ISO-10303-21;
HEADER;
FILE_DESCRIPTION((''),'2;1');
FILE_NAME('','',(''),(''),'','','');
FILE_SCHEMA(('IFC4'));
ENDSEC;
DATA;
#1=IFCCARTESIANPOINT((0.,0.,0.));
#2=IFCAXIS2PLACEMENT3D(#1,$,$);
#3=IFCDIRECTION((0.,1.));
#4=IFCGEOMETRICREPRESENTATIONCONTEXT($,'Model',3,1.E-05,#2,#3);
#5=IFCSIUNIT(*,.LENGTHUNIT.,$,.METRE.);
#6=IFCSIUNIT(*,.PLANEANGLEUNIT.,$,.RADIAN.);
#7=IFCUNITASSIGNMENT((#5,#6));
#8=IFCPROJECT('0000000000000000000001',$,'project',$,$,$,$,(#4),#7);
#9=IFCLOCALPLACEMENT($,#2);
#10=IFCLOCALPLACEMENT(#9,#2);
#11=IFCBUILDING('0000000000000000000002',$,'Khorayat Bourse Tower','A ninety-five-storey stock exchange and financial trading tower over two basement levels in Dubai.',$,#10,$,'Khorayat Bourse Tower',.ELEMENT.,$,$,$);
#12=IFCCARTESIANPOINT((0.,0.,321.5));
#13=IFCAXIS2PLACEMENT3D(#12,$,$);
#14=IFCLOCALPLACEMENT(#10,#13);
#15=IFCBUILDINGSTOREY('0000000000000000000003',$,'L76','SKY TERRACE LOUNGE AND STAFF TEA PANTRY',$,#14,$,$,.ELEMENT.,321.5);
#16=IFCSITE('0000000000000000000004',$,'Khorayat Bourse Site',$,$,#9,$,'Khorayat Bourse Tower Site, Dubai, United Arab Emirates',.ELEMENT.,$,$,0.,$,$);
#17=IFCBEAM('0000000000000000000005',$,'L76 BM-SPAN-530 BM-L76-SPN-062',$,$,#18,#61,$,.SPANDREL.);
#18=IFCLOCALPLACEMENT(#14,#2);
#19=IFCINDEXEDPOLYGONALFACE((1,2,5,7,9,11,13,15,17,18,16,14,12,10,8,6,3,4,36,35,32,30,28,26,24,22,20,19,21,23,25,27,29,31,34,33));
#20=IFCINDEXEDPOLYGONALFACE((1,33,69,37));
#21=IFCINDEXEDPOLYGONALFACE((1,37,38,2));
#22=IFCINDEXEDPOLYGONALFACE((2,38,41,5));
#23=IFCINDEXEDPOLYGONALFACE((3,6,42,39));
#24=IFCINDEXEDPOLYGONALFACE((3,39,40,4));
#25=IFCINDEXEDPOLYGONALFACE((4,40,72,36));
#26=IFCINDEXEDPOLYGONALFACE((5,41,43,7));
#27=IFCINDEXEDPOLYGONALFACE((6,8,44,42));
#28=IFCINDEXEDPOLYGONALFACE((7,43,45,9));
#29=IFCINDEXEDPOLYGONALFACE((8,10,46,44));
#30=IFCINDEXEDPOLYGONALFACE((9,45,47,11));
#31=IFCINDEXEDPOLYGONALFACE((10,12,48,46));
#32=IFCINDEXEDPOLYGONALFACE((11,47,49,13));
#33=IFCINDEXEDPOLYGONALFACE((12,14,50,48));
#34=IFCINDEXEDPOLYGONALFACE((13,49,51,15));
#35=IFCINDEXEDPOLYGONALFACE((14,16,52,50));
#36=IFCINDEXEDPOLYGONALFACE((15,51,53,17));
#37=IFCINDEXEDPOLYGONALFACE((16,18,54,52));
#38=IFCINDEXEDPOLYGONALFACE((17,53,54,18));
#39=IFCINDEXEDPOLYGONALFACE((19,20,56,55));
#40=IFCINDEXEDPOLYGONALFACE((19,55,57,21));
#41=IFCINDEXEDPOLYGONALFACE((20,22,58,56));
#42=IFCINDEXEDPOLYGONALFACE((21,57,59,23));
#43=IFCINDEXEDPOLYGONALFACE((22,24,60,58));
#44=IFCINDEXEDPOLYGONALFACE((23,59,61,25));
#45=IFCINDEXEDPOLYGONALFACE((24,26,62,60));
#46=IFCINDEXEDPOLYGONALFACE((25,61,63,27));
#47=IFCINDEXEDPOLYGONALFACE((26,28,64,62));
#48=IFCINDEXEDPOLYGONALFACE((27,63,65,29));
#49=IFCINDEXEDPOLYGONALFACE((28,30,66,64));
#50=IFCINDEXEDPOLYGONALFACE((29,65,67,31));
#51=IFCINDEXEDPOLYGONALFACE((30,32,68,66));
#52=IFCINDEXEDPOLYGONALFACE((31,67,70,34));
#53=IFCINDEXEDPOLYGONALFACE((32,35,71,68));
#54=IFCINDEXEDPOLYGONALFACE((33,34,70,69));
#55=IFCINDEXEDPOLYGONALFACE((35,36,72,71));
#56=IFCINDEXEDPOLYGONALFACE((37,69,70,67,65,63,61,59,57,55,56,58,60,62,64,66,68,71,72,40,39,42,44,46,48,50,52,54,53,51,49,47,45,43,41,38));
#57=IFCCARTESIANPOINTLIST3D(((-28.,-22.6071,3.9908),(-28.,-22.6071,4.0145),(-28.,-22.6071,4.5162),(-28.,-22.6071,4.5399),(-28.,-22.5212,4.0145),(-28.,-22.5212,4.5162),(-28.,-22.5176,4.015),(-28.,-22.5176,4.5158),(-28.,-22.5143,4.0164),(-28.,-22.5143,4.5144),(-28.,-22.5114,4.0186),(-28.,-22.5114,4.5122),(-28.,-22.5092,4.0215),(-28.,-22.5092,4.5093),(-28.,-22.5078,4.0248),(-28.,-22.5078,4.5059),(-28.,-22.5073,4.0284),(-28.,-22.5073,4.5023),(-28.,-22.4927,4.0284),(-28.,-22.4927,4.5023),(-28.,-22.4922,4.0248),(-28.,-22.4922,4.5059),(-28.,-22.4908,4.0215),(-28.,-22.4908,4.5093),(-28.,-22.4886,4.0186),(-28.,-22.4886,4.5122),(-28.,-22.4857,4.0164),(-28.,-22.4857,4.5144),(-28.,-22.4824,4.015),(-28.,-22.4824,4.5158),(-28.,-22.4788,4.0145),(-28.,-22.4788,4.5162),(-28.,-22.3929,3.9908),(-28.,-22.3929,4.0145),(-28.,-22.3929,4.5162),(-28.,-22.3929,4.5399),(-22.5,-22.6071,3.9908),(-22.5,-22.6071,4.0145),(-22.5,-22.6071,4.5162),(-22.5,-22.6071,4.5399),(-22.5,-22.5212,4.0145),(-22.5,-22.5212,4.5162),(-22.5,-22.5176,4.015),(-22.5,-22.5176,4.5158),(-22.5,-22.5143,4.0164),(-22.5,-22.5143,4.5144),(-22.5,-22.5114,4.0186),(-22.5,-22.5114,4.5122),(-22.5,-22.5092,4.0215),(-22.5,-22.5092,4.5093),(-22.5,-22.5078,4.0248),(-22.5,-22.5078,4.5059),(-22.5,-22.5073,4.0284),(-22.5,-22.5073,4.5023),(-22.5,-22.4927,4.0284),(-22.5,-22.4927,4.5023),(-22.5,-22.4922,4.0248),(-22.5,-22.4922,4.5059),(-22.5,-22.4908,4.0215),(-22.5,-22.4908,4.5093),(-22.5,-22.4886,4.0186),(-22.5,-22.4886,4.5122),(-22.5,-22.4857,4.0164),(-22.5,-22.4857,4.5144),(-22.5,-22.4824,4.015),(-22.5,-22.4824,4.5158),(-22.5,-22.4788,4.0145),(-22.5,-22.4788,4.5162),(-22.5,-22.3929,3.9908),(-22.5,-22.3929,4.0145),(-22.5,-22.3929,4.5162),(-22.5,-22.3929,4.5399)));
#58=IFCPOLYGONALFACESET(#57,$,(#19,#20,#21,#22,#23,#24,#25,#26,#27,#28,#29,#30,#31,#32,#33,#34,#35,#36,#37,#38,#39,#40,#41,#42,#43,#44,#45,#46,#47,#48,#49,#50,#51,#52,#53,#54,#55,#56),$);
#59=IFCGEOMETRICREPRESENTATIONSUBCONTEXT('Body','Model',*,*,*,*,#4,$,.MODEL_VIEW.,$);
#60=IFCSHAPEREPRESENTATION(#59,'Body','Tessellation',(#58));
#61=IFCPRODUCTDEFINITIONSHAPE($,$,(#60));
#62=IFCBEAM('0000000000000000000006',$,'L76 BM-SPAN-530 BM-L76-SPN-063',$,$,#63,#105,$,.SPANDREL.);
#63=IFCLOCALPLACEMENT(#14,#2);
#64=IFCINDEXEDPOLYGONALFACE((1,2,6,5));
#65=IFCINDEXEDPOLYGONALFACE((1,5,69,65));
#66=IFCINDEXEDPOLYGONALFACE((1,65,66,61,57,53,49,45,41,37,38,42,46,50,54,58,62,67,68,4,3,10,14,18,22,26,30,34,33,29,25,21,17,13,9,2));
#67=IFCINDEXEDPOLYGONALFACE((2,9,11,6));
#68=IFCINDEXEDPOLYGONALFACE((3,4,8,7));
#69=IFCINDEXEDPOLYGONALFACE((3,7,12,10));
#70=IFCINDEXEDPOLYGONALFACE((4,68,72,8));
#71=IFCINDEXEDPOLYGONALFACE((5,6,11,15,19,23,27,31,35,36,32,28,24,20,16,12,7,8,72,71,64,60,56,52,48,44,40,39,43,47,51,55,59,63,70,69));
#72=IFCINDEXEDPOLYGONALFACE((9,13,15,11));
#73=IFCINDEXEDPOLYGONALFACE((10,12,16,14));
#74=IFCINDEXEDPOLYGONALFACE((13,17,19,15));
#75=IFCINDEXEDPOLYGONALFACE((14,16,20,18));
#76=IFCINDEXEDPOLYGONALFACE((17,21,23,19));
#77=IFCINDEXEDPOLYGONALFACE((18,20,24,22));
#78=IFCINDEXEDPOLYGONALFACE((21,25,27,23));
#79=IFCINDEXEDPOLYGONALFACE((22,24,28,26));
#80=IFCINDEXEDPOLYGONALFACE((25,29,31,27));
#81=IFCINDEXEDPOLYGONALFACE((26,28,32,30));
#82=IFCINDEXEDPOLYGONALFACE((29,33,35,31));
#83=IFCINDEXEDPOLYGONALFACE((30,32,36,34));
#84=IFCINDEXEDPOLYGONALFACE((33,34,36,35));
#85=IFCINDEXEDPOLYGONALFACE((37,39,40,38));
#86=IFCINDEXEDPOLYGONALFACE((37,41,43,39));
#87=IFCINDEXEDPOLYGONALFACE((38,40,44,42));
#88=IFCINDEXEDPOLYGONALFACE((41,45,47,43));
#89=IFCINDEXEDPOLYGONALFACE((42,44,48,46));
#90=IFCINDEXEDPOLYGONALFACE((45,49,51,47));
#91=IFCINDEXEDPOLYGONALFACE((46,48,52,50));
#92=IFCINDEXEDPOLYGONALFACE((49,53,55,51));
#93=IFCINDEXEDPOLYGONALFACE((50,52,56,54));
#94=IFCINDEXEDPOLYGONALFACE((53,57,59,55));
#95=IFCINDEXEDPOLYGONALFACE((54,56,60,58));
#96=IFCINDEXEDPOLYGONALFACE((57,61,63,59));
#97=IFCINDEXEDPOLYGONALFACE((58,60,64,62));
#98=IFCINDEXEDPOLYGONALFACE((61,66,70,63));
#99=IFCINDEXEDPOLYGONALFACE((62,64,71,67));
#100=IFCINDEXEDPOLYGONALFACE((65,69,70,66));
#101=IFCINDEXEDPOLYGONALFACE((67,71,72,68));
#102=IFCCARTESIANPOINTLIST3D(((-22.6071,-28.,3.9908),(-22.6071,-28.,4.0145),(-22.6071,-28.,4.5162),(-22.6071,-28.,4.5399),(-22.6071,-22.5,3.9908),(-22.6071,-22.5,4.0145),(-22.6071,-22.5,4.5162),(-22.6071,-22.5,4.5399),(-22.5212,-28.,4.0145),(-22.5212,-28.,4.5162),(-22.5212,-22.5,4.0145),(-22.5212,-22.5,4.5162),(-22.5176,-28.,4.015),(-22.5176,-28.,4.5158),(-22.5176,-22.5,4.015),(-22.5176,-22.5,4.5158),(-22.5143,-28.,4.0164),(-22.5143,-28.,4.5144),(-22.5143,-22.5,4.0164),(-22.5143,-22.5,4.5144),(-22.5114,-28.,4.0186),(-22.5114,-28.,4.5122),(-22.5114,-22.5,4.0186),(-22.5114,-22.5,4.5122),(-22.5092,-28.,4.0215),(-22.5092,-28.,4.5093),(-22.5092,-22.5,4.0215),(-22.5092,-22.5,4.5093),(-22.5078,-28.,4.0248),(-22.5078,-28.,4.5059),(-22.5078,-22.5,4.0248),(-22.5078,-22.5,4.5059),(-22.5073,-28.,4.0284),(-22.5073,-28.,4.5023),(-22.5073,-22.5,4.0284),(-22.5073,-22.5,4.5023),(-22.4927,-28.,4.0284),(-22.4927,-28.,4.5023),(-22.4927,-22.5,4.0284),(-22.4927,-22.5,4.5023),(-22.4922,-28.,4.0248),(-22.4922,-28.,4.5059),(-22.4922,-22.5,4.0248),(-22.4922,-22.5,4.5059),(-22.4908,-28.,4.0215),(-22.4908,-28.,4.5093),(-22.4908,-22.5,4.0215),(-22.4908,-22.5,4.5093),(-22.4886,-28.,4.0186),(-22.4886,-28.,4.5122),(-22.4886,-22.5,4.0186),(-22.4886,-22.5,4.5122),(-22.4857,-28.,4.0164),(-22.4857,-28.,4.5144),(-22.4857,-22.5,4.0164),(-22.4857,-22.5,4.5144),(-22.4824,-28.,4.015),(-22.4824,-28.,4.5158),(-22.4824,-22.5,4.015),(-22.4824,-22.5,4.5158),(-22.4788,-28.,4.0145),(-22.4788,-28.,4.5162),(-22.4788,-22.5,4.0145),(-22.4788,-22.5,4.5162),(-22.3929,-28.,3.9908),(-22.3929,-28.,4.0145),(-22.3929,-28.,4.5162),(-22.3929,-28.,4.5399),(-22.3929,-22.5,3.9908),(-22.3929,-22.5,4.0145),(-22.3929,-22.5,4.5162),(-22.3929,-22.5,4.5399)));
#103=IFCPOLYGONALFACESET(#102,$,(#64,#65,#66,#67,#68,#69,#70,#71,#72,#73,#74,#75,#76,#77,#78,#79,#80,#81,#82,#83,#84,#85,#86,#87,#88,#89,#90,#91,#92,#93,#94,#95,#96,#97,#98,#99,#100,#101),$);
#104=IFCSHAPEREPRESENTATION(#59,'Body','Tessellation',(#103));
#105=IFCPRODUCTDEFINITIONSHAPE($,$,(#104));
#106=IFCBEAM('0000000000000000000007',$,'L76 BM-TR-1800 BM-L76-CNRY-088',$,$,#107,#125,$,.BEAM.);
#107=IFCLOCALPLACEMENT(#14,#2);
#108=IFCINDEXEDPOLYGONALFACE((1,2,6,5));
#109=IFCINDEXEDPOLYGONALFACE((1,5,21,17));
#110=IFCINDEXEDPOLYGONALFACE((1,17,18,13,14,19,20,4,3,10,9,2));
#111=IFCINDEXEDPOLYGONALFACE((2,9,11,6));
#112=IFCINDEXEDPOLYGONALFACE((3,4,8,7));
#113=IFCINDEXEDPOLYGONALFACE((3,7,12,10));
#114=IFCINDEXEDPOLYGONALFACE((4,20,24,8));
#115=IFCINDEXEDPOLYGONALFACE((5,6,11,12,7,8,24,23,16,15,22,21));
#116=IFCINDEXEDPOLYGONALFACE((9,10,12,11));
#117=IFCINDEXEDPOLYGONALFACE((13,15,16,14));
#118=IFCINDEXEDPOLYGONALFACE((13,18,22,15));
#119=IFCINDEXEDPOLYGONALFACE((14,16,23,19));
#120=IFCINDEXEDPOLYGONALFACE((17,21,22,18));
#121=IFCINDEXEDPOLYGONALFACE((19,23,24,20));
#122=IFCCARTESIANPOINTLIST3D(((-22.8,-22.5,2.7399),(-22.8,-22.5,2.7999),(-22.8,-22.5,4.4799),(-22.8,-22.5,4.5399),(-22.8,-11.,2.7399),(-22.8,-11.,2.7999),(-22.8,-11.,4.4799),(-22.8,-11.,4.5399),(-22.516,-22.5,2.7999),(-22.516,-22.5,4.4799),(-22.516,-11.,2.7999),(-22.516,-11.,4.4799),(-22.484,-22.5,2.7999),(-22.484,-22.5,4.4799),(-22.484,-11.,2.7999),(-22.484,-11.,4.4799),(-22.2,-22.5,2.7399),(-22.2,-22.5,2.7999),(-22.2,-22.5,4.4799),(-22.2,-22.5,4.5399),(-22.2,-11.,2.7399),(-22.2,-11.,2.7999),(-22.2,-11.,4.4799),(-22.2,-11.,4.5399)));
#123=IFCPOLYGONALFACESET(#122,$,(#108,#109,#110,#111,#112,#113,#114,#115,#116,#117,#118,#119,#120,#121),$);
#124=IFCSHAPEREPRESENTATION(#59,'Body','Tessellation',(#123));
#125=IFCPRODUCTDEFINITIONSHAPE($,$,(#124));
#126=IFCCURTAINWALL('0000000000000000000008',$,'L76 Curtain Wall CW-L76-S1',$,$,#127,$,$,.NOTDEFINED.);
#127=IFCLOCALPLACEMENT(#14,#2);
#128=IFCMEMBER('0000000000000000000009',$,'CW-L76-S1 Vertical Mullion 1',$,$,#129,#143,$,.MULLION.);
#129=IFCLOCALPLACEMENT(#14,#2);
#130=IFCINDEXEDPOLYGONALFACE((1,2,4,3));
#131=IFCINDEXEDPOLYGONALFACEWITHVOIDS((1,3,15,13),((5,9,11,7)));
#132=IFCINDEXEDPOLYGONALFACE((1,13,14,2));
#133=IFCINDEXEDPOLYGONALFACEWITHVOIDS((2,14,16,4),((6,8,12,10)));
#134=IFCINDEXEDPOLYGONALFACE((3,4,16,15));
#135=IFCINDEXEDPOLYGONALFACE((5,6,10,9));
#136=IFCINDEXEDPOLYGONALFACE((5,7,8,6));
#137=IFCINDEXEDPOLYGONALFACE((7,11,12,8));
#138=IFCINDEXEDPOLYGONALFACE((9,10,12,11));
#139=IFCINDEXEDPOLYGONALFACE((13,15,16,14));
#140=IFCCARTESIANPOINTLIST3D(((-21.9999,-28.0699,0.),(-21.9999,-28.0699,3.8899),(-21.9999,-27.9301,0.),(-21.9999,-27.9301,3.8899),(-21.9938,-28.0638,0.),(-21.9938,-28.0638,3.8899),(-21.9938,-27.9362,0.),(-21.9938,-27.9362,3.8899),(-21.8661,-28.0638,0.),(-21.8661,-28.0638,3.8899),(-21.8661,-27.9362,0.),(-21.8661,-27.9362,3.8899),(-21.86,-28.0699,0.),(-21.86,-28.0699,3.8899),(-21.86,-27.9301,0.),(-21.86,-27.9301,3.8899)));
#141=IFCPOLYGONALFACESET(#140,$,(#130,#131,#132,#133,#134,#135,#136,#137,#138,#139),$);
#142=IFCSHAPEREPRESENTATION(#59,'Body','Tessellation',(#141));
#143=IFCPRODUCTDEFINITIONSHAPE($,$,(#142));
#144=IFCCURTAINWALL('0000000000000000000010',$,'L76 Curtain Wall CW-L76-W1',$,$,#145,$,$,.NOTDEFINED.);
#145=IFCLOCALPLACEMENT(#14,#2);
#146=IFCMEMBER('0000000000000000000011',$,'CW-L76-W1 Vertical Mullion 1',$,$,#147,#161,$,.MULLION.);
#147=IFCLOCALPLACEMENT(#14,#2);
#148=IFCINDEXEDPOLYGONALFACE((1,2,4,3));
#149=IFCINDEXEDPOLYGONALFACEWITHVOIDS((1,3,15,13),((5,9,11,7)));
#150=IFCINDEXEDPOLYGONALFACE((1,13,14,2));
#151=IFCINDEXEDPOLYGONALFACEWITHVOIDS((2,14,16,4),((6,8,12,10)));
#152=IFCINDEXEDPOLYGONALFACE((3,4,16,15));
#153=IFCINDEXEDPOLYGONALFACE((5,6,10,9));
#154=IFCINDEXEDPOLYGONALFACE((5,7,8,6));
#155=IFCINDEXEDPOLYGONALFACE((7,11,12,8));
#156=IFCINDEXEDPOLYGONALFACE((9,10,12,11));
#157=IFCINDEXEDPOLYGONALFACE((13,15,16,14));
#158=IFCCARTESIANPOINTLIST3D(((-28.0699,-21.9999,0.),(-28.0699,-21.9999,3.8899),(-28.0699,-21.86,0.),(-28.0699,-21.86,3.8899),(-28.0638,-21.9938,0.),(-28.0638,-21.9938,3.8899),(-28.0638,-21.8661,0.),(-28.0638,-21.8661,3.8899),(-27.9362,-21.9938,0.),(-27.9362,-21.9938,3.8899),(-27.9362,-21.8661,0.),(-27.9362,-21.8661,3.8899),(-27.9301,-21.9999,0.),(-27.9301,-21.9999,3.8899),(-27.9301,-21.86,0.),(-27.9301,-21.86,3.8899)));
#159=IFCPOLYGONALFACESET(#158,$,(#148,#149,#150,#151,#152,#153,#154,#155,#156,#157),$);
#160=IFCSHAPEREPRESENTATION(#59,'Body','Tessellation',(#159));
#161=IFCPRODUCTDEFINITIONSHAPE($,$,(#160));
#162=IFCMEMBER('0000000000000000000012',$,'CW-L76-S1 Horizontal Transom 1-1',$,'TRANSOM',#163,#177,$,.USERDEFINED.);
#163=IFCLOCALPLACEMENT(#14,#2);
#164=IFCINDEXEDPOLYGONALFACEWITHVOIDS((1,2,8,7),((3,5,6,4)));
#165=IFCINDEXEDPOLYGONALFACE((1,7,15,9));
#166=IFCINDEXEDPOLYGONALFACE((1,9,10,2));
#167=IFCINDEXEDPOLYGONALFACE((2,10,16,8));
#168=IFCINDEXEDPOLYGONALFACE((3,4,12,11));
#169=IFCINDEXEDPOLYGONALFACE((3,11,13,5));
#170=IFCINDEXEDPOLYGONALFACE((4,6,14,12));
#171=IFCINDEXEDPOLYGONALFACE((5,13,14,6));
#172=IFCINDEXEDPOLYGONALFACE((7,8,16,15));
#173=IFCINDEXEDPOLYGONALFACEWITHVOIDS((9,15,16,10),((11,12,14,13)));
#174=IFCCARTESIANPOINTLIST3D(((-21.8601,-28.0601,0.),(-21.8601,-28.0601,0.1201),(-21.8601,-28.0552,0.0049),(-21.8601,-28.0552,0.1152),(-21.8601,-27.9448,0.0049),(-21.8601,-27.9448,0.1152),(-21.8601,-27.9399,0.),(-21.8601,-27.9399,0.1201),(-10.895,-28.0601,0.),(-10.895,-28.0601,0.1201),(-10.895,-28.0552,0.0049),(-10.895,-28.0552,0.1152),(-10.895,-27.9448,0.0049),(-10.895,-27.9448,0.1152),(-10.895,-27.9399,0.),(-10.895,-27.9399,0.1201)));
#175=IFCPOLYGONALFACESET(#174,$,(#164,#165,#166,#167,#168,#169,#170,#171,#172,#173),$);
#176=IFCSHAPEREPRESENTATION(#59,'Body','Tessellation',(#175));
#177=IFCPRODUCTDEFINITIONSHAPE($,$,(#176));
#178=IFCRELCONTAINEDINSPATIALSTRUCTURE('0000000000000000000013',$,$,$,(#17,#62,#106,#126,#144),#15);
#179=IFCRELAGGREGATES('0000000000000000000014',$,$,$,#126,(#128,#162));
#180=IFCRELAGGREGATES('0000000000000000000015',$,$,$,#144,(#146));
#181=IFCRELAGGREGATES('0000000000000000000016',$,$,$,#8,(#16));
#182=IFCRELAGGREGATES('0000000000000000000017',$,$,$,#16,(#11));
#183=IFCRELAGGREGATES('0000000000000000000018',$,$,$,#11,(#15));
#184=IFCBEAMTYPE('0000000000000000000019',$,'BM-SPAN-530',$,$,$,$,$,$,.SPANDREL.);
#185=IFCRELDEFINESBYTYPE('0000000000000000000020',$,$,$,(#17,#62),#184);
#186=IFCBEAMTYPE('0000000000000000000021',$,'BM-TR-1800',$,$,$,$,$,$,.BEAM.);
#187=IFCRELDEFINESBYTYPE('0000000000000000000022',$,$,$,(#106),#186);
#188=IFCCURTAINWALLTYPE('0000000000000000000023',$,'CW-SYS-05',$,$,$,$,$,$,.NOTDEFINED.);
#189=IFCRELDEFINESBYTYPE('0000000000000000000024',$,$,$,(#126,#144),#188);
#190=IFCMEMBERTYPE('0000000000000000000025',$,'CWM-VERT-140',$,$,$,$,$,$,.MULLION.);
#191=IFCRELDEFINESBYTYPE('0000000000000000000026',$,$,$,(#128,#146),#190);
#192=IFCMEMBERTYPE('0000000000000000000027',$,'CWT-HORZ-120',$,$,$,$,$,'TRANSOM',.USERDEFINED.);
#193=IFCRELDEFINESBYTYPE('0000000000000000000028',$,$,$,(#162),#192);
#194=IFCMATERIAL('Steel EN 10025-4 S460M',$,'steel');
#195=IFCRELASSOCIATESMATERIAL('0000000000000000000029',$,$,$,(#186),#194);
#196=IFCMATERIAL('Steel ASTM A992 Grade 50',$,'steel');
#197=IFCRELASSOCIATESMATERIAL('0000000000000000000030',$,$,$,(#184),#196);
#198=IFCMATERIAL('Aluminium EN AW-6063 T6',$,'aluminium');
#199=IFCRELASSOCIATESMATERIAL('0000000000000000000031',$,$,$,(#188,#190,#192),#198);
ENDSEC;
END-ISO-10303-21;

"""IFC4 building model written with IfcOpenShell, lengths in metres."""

from ifc_helpers import new_model, si_unit, direction, frame, origin, origin_2d, place, context, subcontext, project, spatial, hollow_rectangle, i_section, extrude, source, transform, mapped, material, material_profile, profile_set, type_object, element, aggregate, save


model = new_model("IFC4")

# Units and contexts
model_context = context("Model", 3, precision=1e-05, world=origin(), true_north=direction((0.0, 1.0)))
body_context = subcontext(model_context, "Body", "Model", "MODEL_VIEW")
ifc_project = project(units=[si_unit("LENGTHUNIT", "METRE"), si_unit("PLANEANGLEUNIT", "RADIAN")], contexts=[model_context])

# Site, building, storey
site_placement = place(None, origin())
site = spatial("IfcSite", under=ifc_project, at=site_placement, Name="Khorayat Bourse Site", LongName="Khorayat Bourse Tower Site, Dubai, United Arab Emirates", CompositionType="ELEMENT", RefElevation=0.0)
building_placement = place(site_placement, origin())
building = spatial("IfcBuilding", under=site, at=building_placement, Name="Khorayat Bourse Tower", Description="A ninety-five-storey stock exchange and financial trading tower over two basement levels in Dubai.", LongName="Khorayat Bourse Tower", CompositionType="ELEMENT")
storey_placement = place(building_placement, frame((0.0, 0.0, 321.5)))
storey = spatial("IfcBuildingStorey", under=building, at=storey_placement, Name="L76", Description="SKY TERRACE LOUNGE AND STAFF TEA PANTRY", CompositionType="ELEMENT", Elevation=321.5)

# Shared definitions
ifc_material_1 = material(Name="Steel EN 10025-4 S460M", Category="steel")

# Beams
ifc_material_profile_1 = material_profile(ifc_material_1, i_section(OverallWidth=0.6001, OverallDepth=1.8, WebThickness=0.032, FlangeThickness=0.0601, at=origin_2d()), Name="PG 1800x600x32x60")
ifc_profile_set_1 = profile_set([ifc_material_profile_1], Name="Steel EN 10025-4 S460M")
beam_type_1 = type_object("IfcBeamType", Name="BM-TR-1800", PredefinedType="BEAM", material=ifc_profile_set_1)
ifc_material_2 = material(Name="Steel ASTM A992 Grade 50", Category="steel")
ifc_material_profile_2 = material_profile(ifc_material_2, i_section(OverallWidth=0.2141, OverallDepth=0.5491, WebThickness=0.0146, FlangeThickness=0.0237, FilletRadius=0.0139, at=origin_2d()), Name="W530X138")
ifc_profile_set_2 = profile_set([ifc_material_profile_2], Name="Steel ASTM A992 Grade 50")
beam_type_2 = type_object("IfcBeamType", Name="BM-SPAN-530", PredefinedType="SPANDREL", material=ifc_profile_set_2)
shared_shape_1 = source(origin(), body_context, "Body", "SweptSolid", [
    extrude(i_section(OverallWidth=0.2141, OverallDepth=0.5491, WebThickness=0.0146, FlangeThickness=0.0237, FilletRadius=0.0139, at=origin_2d()), origin(), (0.0, 0.0, 1.0), 5.5),
])
for number, where, z_axis, x_axis, name in (
    (1, (-28.0, -22.5, 4.2654), (1.0, 0.0, 0.0), (0.0, 1.0, 0.0), "L76 BM-SPAN-530 BM-L76-SPN-062"),
    (2, (-22.5, -28.0, 4.2654), (0.0, 1.0, 0.0), (-1.0, 0.0, 0.0), "L76 BM-SPAN-530 BM-L76-SPN-063"),
):
    element("IfcBeam", number, at=place(storey_placement, frame(where, z_axis=z_axis, x_axis=x_axis)), inside=storey, type_object=beam_type_2, Name=name, PredefinedType="SPANDREL", context=body_context, shape_type="MappedRepresentation", body=[
        mapped(shared_shape_1, transform((0.0, 0.0, 0.0), scale=1.0)),
    ])
shared_shape_2 = source(origin(), body_context, "Body", "SweptSolid", [
    extrude(i_section(OverallWidth=0.6001, OverallDepth=1.8, WebThickness=0.032, FlangeThickness=0.0601, at=origin_2d()), origin(), (0.0, 0.0, 1.0), 11.5),
])
beam_1_placement = place(storey_placement, frame((-22.5, -22.5, 3.6399), z_axis=(0.0, 1.0, 0.0), x_axis=(-1.0, 0.0, 0.0)))
element("IfcBeam", 3, at=beam_1_placement, inside=storey, type_object=beam_type_1, Name="L76 BM-TR-1800 BM-L76-CNRY-088", PredefinedType="BEAM", context=body_context, shape_type="MappedRepresentation", body=[
    mapped(shared_shape_2, transform((0.0, 0.0, 0.0), scale=1.0)),
])

# Curtain walls, members
ifc_material_3 = material(Name="Aluminium EN AW-6063 T6", Category="aluminium")
curtain_wall_type = type_object("IfcCurtainWallType", Name="CW-SYS-05", PredefinedType="NOTDEFINED", material=ifc_material_3)
curtain_wall_1_placement = place(storey_placement, origin())
curtain_wall_1 = element("IfcCurtainWall", 4, at=curtain_wall_1_placement, inside=storey, type_object=curtain_wall_type, Name="L76 Curtain Wall CW-L76-S1", PredefinedType="NOTDEFINED")
ifc_material_profile_3 = material_profile(ifc_material_3, hollow_rectangle(XDim=0.1399, YDim=0.1399, WallThickness=0.0061, at=origin_2d()), Name="ALU 140x140x6")
ifc_profile_set_3 = profile_set([ifc_material_profile_3], Name="Aluminium EN AW-6063 T6")
member_type_1 = type_object("IfcMemberType", Name="CWM-VERT-140", PredefinedType="MULLION", material=ifc_profile_set_3)
shared_shape_3 = source(origin(), body_context, "Body", "SweptSolid", [
    extrude(hollow_rectangle(XDim=0.1399, YDim=0.1399, WallThickness=0.0061, at=origin_2d()), origin(), (0.0, 0.0, 1.0), 3.8899),
])
member_1_placement = place(storey_placement, frame((-21.9299, -28.0, 0.0), z_axis=(0.0, 0.0, 1.0), x_axis=(0.0, 1.0, 0.0)))
member_1 = element("IfcMember", 5, at=member_1_placement, type_object=member_type_1, Name="CW-L76-S1 Vertical Mullion 1", PredefinedType="MULLION", context=body_context, shape_type="MappedRepresentation", body=[
    mapped(shared_shape_3, transform((0.0, 0.0, 0.0), scale=1.0)),
])
curtain_wall_2_placement = place(storey_placement, origin())
curtain_wall_2 = element("IfcCurtainWall", 6, at=curtain_wall_2_placement, inside=storey, type_object=curtain_wall_type, Name="L76 Curtain Wall CW-L76-W1", PredefinedType="NOTDEFINED")
member_2_placement = place(storey_placement, frame((-28.0, -21.9299, 0.0), z_axis=(0.0, 0.0, 1.0), x_axis=(-1.0, 0.0, 0.0)))
member_2 = element("IfcMember", 7, at=member_2_placement, type_object=member_type_1, Name="CW-L76-W1 Vertical Mullion 1", PredefinedType="MULLION", context=body_context, shape_type="MappedRepresentation", body=[
    mapped(shared_shape_3, transform((0.0, 0.0, 0.0), scale=1.0)),
])

# Member
ifc_material_profile_4 = material_profile(ifc_material_3, hollow_rectangle(XDim=0.1201, YDim=0.1201, WallThickness=0.0049, at=origin_2d()), Name="ALU 120x120x5")
ifc_profile_set_4 = profile_set([ifc_material_profile_4], Name="Aluminium EN AW-6063 T6")
member_type_2 = type_object("IfcMemberType", Name="CWT-HORZ-120", ElementType="TRANSOM", PredefinedType="USERDEFINED", material=ifc_profile_set_4)
shared_shape_4 = source(origin(), body_context, "Body", "SweptSolid", [
    extrude(hollow_rectangle(XDim=0.1201, YDim=0.1201, WallThickness=0.0049, at=origin_2d()), origin(), (0.0, 0.0, 1.0), 10.9651),
])
member_3_placement = place(storey_placement, frame((-21.8601, -28.0, 0.0601), z_axis=(1.0, 0.0, 0.0), x_axis=(0.0, 1.0, 0.0)))
member_3 = element("IfcMember", 8, at=member_3_placement, type_object=member_type_2, Name="CW-L76-S1 Horizontal Transom 1-1", ObjectType="TRANSOM", PredefinedType="USERDEFINED", context=body_context, shape_type="MappedRepresentation", body=[
    mapped(shared_shape_4, transform((0.0, 0.0, 0.0), scale=1.0)),
])
aggregate(curtain_wall_1, [member_1, member_3])
aggregate(curtain_wall_2, [member_2])

save(model, "model.ifc")
